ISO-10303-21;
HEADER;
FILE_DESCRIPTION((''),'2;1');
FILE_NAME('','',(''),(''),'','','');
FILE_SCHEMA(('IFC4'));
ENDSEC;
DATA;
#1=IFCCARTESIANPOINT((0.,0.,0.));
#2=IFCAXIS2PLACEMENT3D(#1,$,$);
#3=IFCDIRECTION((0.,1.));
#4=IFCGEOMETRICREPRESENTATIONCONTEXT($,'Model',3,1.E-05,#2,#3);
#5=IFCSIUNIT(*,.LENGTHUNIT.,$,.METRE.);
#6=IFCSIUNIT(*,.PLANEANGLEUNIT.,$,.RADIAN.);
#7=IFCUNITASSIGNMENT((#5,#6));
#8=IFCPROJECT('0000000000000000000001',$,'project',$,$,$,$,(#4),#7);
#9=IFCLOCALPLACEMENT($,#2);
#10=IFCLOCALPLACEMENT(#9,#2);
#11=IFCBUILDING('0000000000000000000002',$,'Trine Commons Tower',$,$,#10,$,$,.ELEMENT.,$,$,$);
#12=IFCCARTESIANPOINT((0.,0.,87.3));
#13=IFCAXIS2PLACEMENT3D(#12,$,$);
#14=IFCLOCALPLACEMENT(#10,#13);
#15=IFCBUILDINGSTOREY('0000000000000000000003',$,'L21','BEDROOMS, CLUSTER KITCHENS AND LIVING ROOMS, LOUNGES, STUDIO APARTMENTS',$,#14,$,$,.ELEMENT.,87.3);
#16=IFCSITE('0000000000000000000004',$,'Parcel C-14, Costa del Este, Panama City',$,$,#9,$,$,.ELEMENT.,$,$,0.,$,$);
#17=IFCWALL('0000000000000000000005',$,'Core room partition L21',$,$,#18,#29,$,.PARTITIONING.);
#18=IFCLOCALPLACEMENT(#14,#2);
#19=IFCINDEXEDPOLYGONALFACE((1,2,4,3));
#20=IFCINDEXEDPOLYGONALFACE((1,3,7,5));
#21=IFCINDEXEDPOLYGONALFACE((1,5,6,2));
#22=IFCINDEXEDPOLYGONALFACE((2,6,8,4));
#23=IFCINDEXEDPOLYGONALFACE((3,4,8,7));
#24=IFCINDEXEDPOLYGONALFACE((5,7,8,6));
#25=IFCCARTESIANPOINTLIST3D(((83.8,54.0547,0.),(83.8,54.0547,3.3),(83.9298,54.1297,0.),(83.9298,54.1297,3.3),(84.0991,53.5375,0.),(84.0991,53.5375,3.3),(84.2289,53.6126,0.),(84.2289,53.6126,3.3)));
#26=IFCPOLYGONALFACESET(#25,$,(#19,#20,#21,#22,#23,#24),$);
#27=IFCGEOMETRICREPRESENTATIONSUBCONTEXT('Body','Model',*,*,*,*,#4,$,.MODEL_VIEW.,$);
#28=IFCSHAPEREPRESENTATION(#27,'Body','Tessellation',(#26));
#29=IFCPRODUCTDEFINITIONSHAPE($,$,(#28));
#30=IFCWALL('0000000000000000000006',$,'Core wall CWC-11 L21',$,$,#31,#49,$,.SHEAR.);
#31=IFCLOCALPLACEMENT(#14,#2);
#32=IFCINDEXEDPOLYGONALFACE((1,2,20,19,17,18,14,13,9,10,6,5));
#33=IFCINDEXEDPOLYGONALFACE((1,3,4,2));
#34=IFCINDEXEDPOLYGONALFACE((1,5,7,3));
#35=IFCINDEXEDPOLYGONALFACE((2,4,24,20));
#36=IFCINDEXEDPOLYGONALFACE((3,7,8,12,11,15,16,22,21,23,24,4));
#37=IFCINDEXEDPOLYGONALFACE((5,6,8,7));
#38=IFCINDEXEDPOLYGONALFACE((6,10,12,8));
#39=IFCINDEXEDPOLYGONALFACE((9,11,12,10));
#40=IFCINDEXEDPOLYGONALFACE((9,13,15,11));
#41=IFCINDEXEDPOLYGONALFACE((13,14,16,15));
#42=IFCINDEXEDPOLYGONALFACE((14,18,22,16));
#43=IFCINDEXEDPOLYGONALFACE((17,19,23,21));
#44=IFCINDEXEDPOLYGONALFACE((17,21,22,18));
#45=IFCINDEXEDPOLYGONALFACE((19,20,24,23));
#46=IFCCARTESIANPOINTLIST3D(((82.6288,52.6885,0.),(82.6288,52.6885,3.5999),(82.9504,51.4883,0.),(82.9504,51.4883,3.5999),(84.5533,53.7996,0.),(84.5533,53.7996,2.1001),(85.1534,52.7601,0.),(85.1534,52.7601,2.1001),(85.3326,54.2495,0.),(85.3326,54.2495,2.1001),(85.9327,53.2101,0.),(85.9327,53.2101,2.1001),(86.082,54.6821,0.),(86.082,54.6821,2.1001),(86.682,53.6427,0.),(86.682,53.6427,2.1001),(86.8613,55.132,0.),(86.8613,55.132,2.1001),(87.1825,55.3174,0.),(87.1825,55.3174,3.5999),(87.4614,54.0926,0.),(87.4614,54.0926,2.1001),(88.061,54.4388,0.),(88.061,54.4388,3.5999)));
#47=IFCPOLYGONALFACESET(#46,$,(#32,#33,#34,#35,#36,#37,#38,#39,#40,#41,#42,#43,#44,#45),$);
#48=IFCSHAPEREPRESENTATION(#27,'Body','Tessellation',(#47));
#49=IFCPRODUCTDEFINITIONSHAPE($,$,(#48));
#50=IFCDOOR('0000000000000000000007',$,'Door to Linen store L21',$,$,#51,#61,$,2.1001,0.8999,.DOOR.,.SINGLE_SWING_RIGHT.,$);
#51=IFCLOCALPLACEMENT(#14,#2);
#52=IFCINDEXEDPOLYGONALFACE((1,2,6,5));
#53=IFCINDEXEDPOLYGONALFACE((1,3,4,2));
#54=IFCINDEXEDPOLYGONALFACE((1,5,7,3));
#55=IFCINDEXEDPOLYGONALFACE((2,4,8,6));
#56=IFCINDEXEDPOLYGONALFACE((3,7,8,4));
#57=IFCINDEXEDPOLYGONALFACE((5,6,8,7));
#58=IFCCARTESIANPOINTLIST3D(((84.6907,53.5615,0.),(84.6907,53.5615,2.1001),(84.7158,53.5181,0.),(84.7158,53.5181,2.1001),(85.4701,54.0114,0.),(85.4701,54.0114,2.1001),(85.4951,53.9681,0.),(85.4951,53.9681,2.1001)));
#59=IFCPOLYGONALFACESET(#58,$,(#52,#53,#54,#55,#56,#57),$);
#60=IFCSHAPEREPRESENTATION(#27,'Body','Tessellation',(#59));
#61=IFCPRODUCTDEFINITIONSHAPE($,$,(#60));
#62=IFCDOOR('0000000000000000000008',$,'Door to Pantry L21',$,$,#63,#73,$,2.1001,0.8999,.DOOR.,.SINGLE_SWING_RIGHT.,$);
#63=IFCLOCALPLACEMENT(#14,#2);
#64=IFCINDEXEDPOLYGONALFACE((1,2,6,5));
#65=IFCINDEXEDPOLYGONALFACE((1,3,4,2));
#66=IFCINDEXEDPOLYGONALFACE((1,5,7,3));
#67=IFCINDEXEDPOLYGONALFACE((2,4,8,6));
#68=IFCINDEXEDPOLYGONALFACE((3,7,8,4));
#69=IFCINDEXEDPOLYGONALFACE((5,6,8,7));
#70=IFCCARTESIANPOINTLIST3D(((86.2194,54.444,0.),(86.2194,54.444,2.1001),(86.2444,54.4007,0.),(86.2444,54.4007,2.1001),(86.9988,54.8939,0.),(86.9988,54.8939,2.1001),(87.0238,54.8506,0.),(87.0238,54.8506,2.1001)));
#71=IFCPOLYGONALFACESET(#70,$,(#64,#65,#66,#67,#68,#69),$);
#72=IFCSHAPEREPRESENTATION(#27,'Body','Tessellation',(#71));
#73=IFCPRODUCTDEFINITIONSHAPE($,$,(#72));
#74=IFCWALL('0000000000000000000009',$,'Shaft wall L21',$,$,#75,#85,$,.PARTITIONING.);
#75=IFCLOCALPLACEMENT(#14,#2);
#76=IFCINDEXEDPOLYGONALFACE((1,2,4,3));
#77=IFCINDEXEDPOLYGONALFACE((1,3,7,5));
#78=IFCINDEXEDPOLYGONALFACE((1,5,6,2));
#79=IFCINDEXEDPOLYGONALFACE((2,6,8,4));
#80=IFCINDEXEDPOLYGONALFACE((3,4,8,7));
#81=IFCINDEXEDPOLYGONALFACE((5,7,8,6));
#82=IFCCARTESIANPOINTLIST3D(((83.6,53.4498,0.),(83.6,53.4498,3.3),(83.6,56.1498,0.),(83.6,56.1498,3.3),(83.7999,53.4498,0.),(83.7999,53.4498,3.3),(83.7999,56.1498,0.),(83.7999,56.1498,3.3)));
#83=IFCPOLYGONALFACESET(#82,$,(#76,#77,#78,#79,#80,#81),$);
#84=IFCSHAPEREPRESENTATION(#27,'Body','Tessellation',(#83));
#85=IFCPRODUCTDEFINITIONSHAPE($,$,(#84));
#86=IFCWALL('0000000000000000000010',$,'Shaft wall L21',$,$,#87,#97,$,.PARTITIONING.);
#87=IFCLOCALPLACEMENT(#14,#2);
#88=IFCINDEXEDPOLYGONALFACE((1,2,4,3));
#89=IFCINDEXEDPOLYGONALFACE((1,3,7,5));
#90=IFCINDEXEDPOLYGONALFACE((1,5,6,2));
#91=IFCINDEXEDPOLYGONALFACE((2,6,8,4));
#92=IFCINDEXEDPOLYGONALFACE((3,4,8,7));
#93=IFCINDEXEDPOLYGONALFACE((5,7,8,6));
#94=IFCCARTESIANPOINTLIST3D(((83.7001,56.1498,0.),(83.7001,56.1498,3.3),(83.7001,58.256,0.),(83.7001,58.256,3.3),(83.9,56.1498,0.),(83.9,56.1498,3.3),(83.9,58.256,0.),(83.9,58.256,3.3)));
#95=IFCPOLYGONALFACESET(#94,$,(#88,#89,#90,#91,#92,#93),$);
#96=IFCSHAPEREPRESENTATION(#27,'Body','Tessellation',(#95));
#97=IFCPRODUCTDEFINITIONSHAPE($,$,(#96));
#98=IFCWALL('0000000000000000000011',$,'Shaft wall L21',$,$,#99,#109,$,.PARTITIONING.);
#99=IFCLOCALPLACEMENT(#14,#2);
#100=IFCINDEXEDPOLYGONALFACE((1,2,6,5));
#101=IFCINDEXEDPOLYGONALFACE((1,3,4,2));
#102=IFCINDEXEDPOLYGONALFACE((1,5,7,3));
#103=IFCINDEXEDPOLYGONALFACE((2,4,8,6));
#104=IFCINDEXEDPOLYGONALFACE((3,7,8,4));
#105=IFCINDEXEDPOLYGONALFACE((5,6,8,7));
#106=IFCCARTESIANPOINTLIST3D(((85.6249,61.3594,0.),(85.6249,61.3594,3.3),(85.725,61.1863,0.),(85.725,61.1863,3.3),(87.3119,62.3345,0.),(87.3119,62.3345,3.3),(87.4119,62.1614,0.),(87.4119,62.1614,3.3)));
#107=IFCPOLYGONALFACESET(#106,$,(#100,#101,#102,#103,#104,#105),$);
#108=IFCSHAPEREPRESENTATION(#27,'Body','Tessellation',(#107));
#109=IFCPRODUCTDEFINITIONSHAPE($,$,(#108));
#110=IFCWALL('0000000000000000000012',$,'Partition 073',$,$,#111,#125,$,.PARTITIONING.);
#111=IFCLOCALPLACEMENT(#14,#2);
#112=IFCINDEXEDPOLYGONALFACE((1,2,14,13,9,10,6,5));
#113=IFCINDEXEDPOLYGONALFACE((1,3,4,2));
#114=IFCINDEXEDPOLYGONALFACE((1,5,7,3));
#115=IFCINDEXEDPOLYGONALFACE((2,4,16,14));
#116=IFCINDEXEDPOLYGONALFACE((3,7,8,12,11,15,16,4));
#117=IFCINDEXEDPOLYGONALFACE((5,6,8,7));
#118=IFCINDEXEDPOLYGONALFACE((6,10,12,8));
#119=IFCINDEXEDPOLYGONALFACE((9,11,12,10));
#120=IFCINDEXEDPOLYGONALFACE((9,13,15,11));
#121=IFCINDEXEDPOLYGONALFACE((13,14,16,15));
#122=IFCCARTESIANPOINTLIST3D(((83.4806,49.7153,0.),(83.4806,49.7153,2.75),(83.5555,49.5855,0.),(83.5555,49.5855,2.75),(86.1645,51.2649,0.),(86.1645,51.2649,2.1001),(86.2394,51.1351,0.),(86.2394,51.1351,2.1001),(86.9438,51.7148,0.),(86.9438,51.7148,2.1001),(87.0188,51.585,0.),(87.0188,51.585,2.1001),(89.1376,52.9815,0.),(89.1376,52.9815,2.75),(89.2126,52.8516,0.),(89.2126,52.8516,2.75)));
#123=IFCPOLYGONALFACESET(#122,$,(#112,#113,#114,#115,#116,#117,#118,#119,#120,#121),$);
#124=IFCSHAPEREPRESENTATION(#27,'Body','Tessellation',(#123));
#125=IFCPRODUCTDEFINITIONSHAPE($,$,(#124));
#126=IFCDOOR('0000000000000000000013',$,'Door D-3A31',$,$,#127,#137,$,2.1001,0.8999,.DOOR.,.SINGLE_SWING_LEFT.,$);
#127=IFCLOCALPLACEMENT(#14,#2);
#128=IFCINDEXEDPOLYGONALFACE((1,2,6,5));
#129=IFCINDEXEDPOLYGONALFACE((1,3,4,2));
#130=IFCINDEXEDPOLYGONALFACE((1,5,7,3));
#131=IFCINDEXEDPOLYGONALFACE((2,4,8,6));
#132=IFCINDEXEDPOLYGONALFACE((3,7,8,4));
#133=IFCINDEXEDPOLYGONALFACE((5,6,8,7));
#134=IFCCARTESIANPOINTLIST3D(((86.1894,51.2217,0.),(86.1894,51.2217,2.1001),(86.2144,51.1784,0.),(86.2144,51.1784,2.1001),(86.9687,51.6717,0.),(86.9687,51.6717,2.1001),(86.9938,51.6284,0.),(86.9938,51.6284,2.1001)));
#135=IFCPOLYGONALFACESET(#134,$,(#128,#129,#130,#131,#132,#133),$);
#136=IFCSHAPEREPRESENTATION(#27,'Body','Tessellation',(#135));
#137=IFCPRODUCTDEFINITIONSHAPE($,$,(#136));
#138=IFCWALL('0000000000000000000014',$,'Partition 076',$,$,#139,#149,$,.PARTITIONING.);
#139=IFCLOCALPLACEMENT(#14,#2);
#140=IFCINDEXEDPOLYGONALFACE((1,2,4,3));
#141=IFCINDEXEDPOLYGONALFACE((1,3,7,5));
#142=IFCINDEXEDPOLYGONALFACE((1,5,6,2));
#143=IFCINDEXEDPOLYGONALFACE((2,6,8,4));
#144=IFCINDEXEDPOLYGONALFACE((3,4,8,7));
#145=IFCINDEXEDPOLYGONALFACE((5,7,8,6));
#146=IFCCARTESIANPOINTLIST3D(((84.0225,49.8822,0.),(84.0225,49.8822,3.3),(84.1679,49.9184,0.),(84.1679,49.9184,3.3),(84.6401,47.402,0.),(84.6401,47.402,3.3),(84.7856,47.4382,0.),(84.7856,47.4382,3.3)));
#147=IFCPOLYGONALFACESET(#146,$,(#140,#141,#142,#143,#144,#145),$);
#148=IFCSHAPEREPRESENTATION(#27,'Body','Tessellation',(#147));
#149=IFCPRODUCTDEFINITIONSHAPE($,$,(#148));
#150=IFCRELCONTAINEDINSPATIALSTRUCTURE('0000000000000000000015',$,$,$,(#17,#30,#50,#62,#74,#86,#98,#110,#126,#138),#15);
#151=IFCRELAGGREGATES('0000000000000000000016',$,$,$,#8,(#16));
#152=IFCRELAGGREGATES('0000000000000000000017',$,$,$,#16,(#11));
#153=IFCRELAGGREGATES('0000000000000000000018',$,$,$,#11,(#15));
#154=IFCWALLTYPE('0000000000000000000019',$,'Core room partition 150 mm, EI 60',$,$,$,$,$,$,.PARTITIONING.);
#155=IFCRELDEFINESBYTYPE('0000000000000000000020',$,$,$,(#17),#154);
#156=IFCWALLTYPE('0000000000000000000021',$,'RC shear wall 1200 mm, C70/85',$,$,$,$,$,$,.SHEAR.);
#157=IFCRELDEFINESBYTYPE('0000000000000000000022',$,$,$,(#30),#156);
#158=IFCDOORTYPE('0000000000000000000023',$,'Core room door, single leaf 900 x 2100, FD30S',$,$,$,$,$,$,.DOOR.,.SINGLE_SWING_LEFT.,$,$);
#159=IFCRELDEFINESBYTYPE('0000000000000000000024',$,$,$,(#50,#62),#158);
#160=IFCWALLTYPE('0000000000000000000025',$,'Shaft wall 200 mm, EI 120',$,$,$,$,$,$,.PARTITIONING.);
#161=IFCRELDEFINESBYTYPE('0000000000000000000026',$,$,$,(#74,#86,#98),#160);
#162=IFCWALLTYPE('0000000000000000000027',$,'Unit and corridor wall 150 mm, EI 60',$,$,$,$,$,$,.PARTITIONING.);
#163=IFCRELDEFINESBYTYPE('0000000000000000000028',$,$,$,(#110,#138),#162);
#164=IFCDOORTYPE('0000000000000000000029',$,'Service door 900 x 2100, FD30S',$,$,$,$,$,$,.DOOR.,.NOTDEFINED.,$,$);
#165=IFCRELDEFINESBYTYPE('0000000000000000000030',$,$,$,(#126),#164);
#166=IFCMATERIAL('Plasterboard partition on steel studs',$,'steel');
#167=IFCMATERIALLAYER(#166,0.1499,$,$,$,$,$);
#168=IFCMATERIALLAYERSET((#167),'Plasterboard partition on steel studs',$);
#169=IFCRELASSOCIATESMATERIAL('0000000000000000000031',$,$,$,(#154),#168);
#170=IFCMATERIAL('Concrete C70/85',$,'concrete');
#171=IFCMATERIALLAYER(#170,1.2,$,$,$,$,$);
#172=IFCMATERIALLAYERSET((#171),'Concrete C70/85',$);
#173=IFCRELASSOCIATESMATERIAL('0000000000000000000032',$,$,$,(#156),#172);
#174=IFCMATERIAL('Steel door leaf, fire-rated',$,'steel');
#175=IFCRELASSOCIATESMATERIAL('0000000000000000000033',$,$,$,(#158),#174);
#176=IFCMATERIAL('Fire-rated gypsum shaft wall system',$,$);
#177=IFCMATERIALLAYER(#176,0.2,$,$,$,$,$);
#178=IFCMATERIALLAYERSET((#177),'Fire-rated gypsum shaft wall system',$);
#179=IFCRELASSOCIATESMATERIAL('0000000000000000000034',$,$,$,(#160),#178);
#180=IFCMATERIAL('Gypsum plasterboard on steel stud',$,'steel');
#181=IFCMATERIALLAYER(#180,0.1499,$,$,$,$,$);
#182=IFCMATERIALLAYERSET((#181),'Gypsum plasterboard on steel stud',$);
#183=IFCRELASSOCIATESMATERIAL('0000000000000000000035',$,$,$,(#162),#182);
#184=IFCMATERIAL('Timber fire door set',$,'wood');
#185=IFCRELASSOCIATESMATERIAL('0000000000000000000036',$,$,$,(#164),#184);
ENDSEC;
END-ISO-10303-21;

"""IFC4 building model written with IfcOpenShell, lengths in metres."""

from ifc_helpers import new_model, si_unit, direction, frame, frame_2d, origin, place, context, subcontext, project, spatial, polyline, rectangle, outline, extrude, material, layer, layer_set, type_object, element, fill, save


model = new_model("IFC4")

# Units and contexts
model_context = context("Model", 3, precision=1e-05, world=origin(), true_north=direction((0.0, 1.0)))
body_context = subcontext(model_context, "Body", "Model", "MODEL_VIEW")
ifc_project = project(units=[si_unit("LENGTHUNIT", "METRE"), si_unit("PLANEANGLEUNIT", "RADIAN")], contexts=[model_context])

# Site, building, storey
site_placement = place(None, origin())
site = spatial("IfcSite", under=ifc_project, at=site_placement, Name="Parcel C-14, Costa del Este, Panama City", CompositionType="ELEMENT", RefElevation=0.0)
building_placement = place(site_placement, origin())
building = spatial("IfcBuilding", under=site, at=building_placement, Name="Trine Commons Tower", CompositionType="ELEMENT")
storey_placement = place(building_placement, frame((0.0, 0.0, 87.3)))
storey = spatial("IfcBuildingStorey", under=building, at=storey_placement, Name="L21", Description="BEDROOMS, CLUSTER KITCHENS AND LIVING ROOMS, LOUNGES, STUDIO APARTMENTS", CompositionType="ELEMENT", Elevation=87.3)

# Wall
ifc_material_1 = material(Name="Plasterboard partition on steel studs", Category="steel")
ifc_layer_1 = layer(ifc_material_1, 0.1499)
ifc_layer_set_1 = layer_set([ifc_layer_1], Name="Plasterboard partition on steel studs")
wall_type_1 = type_object("IfcWallType", Name="Core room partition 150 mm, EI 60", PredefinedType="PARTITIONING", material=ifc_layer_set_1)
wall_1_placement = place(storey_placement, frame((84.1641, 53.575, 0.0), z_axis=(0.0, 0.0, 1.0), x_axis=(-0.500666, 0.865641, 0.0)))
element("IfcWall", 1, at=wall_1_placement, inside=storey, type_object=wall_type_1, Name="Core room partition L21", PredefinedType="PARTITIONING", context=body_context, shape_type="SweptSolid", body=[
    extrude(rectangle(XDim=0.5974, YDim=0.1499, at=frame_2d((0.2988, 0.0))), origin(), (0.0, 0.0, 1.0), 3.3),
])

# Wall, openings, doors
ifc_material_2 = material(Name="Concrete C70/85", Category="concrete")
ifc_layer_2 = layer(ifc_material_2, 1.2)
ifc_layer_set_2 = layer_set([ifc_layer_2], Name="Concrete C70/85")
wall_type_2 = type_object("IfcWallType", Name="RC shear wall 1200 mm, C70/85", PredefinedType="SHEAR", material=ifc_layer_set_2)
wall_2_placement = place(storey_placement, frame((82.6504, 52.0081, 0.0), z_axis=(0.0, 0.0, 1.0), x_axis=(0.866037, 0.499979, 0.0)))
wall_2 = element("IfcWall", 2, at=wall_2_placement, inside=storey, type_object=wall_type_2, Name="Core wall CWC-11 L21", PredefinedType="SHEAR", context=body_context, shape_type="SweptSolid", body=[
    extrude(outline(polyline([(0.0, -0.6001), (5.9011, -0.6001), (5.5796, 0.6001), (0.3215, 0.6001), (0.0, -0.6001)])), origin(), (0.0, 0.0, 1.0), 3.5999),
])
opening_1_placement = place(wall_2_placement, frame((2.5437, 0.0, 0.0)))
opening_1 = element("IfcOpeningElement", 3, at=opening_1_placement, cuts=wall_2, PredefinedType="OPENING", context=body_context, shape_type="SweptSolid", body=[
    extrude(rectangle(XDim=0.8999, YDim=2.1001, at=frame_2d((0.45, 1.05))), frame((0.0, 0.6099, 0.0), z_axis=(0.0, -1.0, 0.0), x_axis=(1.0, 0.0, 0.0)), (0.0, 0.0, 1.0), 1.22),
])
opening_2_placement = place(wall_2_placement, frame((4.3088, 0.0, 0.0)))
opening_2 = element("IfcOpeningElement", 4, at=opening_2_placement, cuts=wall_2, PredefinedType="OPENING", context=body_context, shape_type="SweptSolid", body=[
    extrude(rectangle(XDim=0.8999, YDim=2.1001, at=frame_2d((0.45, 1.05))), frame((0.0, 0.6099, 0.0), z_axis=(0.0, -1.0, 0.0), x_axis=(1.0, 0.0, 0.0)), (0.0, 0.0, 1.0), 1.22),
])
ifc_material_3 = material(Name="Steel door leaf, fire-rated", Category="steel")
door_type_1 = type_object("IfcDoorType", Name="Core room door, single leaf 900 x 2100, FD30S", OperationType="SINGLE_SWING_LEFT", PredefinedType="DOOR", material=ifc_material_3)
door_1_placement = place(opening_1_placement, origin())
door_1 = element("IfcDoor", 5, at=door_1_placement, inside=storey, type_object=door_type_1, Name="Door to Linen store L21", OperationType="SINGLE_SWING_RIGHT", OverallHeight=2.1001, OverallWidth=0.8999, PredefinedType="DOOR", context=body_context, shape_type="SweptSolid", body=[
    extrude(rectangle(XDim=0.8999, YDim=2.1001, at=frame_2d((0.45, 1.05))), frame((0.0, 0.3252, 0.0), z_axis=(0.0, -1.0, 0.0), x_axis=(1.0, 0.0, 0.0)), (0.0, 0.0, 1.0), 0.05),
])
fill(opening_1, door_1)
door_2_placement = place(opening_2_placement, origin())
door_2 = element("IfcDoor", 6, at=door_2_placement, inside=storey, type_object=door_type_1, Name="Door to Pantry L21", OperationType="SINGLE_SWING_RIGHT", OverallHeight=2.1001, OverallWidth=0.8999, PredefinedType="DOOR", context=body_context, shape_type="SweptSolid", body=[
    extrude(rectangle(XDim=0.8999, YDim=2.1001, at=frame_2d((0.45, 1.05))), frame((0.0, 0.3252, 0.0), z_axis=(0.0, -1.0, 0.0), x_axis=(1.0, 0.0, 0.0)), (0.0, 0.0, 1.0), 0.05),
])
fill(opening_2, door_2)

# Walls
ifc_material_4 = material(Name="Fire-rated gypsum shaft wall system")
ifc_layer_3 = layer(ifc_material_4, 0.2)
ifc_layer_set_3 = layer_set([ifc_layer_3], Name="Fire-rated gypsum shaft wall system")
wall_type_3 = type_object("IfcWallType", Name="Shaft wall 200 mm, EI 120", PredefinedType="PARTITIONING", material=ifc_layer_set_3)
wall_3_placement = place(storey_placement, frame((83.7, 56.1499, 0.0), z_axis=(0.0, 0.0, 1.0), x_axis=(0.0, -1.0, 0.0)))
element("IfcWall", 7, at=wall_3_placement, inside=storey, type_object=wall_type_3, Name="Shaft wall L21", PredefinedType="PARTITIONING", context=body_context, shape_type="SweptSolid", body=[
    extrude(rectangle(XDim=2.7, YDim=0.2, at=frame_2d((1.3501, 0.0))), origin(), (0.0, 0.0, 1.0), 3.3),
])
wall_4_placement = place(storey_placement, frame((83.8, 58.2561, 0.0), z_axis=(0.0, 0.0, 1.0), x_axis=(0.0, -1.0, 0.0)))
element("IfcWall", 8, at=wall_4_placement, inside=storey, type_object=wall_type_3, Name="Shaft wall L21", PredefinedType="PARTITIONING", context=body_context, shape_type="SweptSolid", body=[
    extrude(rectangle(XDim=2.1062, YDim=0.2, at=frame_2d((1.0532, 0.0))), origin(), (0.0, 0.0, 1.0), 3.3),
])
wall_5_placement = place(storey_placement, frame((85.675, 61.2729, 0.0), z_axis=(0.0, 0.0, 1.0), x_axis=(0.865781, 0.500424, 0.0)))
element("IfcWall", 9, at=wall_5_placement, inside=storey, type_object=wall_type_3, Name="Shaft wall L21", PredefinedType="PARTITIONING", context=body_context, shape_type="SweptSolid", body=[
    extrude(rectangle(XDim=1.9485, YDim=0.2, at=frame_2d((0.9741, 0.0))), origin(), (0.0, 0.0, 1.0), 3.3),
])

# Wall, opening, door
ifc_material_5 = material(Name="Gypsum plasterboard on steel stud", Category="steel")
ifc_layer_4 = layer(ifc_material_5, 0.1499)
ifc_layer_set_4 = layer_set([ifc_layer_4], Name="Gypsum plasterboard on steel stud")
wall_type_4 = type_object("IfcWallType", Name="Unit and corridor wall 150 mm, EI 60", PredefinedType="PARTITIONING", material=ifc_layer_set_4)
wall_6_placement = place(storey_placement, frame((83.5181, 49.6504, 0.0), z_axis=(0.0, 0.0, 1.0), x_axis=(0.866022, 0.500006, 0.0)))
wall_6 = element("IfcWall", 10, at=wall_6_placement, inside=storey, type_object=wall_type_4, Name="Partition 073", PredefinedType="PARTITIONING", context=body_context, shape_type="SweptSolid", body=[
    extrude(rectangle(XDim=6.5322, YDim=0.1499, at=frame_2d((3.2661, 0.0))), origin(), (0.0, 0.0, 1.0), 2.75),
])
opening_3_placement = place(wall_6_placement, frame((3.0991, 0.0, 0.0)))
opening_3 = element("IfcOpeningElement", 11, at=opening_3_placement, cuts=wall_6, PredefinedType="OPENING", context=body_context, shape_type="SweptSolid", body=[
    extrude(rectangle(XDim=0.8999, YDim=2.1001, at=frame_2d((0.45, 1.05))), frame((0.0, 0.085, 0.0), z_axis=(0.0, -1.0, 0.0), x_axis=(1.0, 0.0, 0.0)), (0.0, 0.0, 1.0), 0.1699),
])
ifc_material_6 = material(Name="Timber fire door set", Category="wood")
door_type_2 = type_object("IfcDoorType", Name="Service door 900 x 2100, FD30S", OperationType="NOTDEFINED", PredefinedType="DOOR", material=ifc_material_6)
door_3_placement = place(opening_3_placement, frame((0.8999, 0.0, 0.0), z_axis=(0.0, 0.0, 1.0), x_axis=(-1.0, 0.0, 0.0)))
door_3 = element("IfcDoor", 12, at=door_3_placement, inside=storey, type_object=door_type_2, Name="Door D-3A31", OperationType="SINGLE_SWING_LEFT", OverallHeight=2.1001, OverallWidth=0.8999, PredefinedType="DOOR", context=body_context, shape_type="SweptSolid", body=[
    extrude(rectangle(XDim=0.8999, YDim=2.1001, at=frame_2d((0.45, 1.05))), frame((0.0, 0.0249, 0.0), z_axis=(0.0, -1.0, 0.0), x_axis=(1.0, 0.0, 0.0)), (0.0, 0.0, 1.0), 0.05),
])
fill(opening_3, door_3)

# Wall
wall_7_placement = place(storey_placement, frame((84.0952, 49.9001, 0.0), z_axis=(0.0, 0.0, 1.0), x_axis=(0.241659, -0.970361, 0.0)))
element("IfcWall", 13, at=wall_7_placement, inside=storey, type_object=wall_type_4, Name="Partition 076", PredefinedType="PARTITIONING", context=body_context, shape_type="SweptSolid", body=[
    extrude(rectangle(XDim=2.5559, YDim=0.1499, at=frame_2d((1.2778, 0.0))), origin(), (0.0, 0.0, 1.0), 3.3),
])

save(model, "model.ifc")
